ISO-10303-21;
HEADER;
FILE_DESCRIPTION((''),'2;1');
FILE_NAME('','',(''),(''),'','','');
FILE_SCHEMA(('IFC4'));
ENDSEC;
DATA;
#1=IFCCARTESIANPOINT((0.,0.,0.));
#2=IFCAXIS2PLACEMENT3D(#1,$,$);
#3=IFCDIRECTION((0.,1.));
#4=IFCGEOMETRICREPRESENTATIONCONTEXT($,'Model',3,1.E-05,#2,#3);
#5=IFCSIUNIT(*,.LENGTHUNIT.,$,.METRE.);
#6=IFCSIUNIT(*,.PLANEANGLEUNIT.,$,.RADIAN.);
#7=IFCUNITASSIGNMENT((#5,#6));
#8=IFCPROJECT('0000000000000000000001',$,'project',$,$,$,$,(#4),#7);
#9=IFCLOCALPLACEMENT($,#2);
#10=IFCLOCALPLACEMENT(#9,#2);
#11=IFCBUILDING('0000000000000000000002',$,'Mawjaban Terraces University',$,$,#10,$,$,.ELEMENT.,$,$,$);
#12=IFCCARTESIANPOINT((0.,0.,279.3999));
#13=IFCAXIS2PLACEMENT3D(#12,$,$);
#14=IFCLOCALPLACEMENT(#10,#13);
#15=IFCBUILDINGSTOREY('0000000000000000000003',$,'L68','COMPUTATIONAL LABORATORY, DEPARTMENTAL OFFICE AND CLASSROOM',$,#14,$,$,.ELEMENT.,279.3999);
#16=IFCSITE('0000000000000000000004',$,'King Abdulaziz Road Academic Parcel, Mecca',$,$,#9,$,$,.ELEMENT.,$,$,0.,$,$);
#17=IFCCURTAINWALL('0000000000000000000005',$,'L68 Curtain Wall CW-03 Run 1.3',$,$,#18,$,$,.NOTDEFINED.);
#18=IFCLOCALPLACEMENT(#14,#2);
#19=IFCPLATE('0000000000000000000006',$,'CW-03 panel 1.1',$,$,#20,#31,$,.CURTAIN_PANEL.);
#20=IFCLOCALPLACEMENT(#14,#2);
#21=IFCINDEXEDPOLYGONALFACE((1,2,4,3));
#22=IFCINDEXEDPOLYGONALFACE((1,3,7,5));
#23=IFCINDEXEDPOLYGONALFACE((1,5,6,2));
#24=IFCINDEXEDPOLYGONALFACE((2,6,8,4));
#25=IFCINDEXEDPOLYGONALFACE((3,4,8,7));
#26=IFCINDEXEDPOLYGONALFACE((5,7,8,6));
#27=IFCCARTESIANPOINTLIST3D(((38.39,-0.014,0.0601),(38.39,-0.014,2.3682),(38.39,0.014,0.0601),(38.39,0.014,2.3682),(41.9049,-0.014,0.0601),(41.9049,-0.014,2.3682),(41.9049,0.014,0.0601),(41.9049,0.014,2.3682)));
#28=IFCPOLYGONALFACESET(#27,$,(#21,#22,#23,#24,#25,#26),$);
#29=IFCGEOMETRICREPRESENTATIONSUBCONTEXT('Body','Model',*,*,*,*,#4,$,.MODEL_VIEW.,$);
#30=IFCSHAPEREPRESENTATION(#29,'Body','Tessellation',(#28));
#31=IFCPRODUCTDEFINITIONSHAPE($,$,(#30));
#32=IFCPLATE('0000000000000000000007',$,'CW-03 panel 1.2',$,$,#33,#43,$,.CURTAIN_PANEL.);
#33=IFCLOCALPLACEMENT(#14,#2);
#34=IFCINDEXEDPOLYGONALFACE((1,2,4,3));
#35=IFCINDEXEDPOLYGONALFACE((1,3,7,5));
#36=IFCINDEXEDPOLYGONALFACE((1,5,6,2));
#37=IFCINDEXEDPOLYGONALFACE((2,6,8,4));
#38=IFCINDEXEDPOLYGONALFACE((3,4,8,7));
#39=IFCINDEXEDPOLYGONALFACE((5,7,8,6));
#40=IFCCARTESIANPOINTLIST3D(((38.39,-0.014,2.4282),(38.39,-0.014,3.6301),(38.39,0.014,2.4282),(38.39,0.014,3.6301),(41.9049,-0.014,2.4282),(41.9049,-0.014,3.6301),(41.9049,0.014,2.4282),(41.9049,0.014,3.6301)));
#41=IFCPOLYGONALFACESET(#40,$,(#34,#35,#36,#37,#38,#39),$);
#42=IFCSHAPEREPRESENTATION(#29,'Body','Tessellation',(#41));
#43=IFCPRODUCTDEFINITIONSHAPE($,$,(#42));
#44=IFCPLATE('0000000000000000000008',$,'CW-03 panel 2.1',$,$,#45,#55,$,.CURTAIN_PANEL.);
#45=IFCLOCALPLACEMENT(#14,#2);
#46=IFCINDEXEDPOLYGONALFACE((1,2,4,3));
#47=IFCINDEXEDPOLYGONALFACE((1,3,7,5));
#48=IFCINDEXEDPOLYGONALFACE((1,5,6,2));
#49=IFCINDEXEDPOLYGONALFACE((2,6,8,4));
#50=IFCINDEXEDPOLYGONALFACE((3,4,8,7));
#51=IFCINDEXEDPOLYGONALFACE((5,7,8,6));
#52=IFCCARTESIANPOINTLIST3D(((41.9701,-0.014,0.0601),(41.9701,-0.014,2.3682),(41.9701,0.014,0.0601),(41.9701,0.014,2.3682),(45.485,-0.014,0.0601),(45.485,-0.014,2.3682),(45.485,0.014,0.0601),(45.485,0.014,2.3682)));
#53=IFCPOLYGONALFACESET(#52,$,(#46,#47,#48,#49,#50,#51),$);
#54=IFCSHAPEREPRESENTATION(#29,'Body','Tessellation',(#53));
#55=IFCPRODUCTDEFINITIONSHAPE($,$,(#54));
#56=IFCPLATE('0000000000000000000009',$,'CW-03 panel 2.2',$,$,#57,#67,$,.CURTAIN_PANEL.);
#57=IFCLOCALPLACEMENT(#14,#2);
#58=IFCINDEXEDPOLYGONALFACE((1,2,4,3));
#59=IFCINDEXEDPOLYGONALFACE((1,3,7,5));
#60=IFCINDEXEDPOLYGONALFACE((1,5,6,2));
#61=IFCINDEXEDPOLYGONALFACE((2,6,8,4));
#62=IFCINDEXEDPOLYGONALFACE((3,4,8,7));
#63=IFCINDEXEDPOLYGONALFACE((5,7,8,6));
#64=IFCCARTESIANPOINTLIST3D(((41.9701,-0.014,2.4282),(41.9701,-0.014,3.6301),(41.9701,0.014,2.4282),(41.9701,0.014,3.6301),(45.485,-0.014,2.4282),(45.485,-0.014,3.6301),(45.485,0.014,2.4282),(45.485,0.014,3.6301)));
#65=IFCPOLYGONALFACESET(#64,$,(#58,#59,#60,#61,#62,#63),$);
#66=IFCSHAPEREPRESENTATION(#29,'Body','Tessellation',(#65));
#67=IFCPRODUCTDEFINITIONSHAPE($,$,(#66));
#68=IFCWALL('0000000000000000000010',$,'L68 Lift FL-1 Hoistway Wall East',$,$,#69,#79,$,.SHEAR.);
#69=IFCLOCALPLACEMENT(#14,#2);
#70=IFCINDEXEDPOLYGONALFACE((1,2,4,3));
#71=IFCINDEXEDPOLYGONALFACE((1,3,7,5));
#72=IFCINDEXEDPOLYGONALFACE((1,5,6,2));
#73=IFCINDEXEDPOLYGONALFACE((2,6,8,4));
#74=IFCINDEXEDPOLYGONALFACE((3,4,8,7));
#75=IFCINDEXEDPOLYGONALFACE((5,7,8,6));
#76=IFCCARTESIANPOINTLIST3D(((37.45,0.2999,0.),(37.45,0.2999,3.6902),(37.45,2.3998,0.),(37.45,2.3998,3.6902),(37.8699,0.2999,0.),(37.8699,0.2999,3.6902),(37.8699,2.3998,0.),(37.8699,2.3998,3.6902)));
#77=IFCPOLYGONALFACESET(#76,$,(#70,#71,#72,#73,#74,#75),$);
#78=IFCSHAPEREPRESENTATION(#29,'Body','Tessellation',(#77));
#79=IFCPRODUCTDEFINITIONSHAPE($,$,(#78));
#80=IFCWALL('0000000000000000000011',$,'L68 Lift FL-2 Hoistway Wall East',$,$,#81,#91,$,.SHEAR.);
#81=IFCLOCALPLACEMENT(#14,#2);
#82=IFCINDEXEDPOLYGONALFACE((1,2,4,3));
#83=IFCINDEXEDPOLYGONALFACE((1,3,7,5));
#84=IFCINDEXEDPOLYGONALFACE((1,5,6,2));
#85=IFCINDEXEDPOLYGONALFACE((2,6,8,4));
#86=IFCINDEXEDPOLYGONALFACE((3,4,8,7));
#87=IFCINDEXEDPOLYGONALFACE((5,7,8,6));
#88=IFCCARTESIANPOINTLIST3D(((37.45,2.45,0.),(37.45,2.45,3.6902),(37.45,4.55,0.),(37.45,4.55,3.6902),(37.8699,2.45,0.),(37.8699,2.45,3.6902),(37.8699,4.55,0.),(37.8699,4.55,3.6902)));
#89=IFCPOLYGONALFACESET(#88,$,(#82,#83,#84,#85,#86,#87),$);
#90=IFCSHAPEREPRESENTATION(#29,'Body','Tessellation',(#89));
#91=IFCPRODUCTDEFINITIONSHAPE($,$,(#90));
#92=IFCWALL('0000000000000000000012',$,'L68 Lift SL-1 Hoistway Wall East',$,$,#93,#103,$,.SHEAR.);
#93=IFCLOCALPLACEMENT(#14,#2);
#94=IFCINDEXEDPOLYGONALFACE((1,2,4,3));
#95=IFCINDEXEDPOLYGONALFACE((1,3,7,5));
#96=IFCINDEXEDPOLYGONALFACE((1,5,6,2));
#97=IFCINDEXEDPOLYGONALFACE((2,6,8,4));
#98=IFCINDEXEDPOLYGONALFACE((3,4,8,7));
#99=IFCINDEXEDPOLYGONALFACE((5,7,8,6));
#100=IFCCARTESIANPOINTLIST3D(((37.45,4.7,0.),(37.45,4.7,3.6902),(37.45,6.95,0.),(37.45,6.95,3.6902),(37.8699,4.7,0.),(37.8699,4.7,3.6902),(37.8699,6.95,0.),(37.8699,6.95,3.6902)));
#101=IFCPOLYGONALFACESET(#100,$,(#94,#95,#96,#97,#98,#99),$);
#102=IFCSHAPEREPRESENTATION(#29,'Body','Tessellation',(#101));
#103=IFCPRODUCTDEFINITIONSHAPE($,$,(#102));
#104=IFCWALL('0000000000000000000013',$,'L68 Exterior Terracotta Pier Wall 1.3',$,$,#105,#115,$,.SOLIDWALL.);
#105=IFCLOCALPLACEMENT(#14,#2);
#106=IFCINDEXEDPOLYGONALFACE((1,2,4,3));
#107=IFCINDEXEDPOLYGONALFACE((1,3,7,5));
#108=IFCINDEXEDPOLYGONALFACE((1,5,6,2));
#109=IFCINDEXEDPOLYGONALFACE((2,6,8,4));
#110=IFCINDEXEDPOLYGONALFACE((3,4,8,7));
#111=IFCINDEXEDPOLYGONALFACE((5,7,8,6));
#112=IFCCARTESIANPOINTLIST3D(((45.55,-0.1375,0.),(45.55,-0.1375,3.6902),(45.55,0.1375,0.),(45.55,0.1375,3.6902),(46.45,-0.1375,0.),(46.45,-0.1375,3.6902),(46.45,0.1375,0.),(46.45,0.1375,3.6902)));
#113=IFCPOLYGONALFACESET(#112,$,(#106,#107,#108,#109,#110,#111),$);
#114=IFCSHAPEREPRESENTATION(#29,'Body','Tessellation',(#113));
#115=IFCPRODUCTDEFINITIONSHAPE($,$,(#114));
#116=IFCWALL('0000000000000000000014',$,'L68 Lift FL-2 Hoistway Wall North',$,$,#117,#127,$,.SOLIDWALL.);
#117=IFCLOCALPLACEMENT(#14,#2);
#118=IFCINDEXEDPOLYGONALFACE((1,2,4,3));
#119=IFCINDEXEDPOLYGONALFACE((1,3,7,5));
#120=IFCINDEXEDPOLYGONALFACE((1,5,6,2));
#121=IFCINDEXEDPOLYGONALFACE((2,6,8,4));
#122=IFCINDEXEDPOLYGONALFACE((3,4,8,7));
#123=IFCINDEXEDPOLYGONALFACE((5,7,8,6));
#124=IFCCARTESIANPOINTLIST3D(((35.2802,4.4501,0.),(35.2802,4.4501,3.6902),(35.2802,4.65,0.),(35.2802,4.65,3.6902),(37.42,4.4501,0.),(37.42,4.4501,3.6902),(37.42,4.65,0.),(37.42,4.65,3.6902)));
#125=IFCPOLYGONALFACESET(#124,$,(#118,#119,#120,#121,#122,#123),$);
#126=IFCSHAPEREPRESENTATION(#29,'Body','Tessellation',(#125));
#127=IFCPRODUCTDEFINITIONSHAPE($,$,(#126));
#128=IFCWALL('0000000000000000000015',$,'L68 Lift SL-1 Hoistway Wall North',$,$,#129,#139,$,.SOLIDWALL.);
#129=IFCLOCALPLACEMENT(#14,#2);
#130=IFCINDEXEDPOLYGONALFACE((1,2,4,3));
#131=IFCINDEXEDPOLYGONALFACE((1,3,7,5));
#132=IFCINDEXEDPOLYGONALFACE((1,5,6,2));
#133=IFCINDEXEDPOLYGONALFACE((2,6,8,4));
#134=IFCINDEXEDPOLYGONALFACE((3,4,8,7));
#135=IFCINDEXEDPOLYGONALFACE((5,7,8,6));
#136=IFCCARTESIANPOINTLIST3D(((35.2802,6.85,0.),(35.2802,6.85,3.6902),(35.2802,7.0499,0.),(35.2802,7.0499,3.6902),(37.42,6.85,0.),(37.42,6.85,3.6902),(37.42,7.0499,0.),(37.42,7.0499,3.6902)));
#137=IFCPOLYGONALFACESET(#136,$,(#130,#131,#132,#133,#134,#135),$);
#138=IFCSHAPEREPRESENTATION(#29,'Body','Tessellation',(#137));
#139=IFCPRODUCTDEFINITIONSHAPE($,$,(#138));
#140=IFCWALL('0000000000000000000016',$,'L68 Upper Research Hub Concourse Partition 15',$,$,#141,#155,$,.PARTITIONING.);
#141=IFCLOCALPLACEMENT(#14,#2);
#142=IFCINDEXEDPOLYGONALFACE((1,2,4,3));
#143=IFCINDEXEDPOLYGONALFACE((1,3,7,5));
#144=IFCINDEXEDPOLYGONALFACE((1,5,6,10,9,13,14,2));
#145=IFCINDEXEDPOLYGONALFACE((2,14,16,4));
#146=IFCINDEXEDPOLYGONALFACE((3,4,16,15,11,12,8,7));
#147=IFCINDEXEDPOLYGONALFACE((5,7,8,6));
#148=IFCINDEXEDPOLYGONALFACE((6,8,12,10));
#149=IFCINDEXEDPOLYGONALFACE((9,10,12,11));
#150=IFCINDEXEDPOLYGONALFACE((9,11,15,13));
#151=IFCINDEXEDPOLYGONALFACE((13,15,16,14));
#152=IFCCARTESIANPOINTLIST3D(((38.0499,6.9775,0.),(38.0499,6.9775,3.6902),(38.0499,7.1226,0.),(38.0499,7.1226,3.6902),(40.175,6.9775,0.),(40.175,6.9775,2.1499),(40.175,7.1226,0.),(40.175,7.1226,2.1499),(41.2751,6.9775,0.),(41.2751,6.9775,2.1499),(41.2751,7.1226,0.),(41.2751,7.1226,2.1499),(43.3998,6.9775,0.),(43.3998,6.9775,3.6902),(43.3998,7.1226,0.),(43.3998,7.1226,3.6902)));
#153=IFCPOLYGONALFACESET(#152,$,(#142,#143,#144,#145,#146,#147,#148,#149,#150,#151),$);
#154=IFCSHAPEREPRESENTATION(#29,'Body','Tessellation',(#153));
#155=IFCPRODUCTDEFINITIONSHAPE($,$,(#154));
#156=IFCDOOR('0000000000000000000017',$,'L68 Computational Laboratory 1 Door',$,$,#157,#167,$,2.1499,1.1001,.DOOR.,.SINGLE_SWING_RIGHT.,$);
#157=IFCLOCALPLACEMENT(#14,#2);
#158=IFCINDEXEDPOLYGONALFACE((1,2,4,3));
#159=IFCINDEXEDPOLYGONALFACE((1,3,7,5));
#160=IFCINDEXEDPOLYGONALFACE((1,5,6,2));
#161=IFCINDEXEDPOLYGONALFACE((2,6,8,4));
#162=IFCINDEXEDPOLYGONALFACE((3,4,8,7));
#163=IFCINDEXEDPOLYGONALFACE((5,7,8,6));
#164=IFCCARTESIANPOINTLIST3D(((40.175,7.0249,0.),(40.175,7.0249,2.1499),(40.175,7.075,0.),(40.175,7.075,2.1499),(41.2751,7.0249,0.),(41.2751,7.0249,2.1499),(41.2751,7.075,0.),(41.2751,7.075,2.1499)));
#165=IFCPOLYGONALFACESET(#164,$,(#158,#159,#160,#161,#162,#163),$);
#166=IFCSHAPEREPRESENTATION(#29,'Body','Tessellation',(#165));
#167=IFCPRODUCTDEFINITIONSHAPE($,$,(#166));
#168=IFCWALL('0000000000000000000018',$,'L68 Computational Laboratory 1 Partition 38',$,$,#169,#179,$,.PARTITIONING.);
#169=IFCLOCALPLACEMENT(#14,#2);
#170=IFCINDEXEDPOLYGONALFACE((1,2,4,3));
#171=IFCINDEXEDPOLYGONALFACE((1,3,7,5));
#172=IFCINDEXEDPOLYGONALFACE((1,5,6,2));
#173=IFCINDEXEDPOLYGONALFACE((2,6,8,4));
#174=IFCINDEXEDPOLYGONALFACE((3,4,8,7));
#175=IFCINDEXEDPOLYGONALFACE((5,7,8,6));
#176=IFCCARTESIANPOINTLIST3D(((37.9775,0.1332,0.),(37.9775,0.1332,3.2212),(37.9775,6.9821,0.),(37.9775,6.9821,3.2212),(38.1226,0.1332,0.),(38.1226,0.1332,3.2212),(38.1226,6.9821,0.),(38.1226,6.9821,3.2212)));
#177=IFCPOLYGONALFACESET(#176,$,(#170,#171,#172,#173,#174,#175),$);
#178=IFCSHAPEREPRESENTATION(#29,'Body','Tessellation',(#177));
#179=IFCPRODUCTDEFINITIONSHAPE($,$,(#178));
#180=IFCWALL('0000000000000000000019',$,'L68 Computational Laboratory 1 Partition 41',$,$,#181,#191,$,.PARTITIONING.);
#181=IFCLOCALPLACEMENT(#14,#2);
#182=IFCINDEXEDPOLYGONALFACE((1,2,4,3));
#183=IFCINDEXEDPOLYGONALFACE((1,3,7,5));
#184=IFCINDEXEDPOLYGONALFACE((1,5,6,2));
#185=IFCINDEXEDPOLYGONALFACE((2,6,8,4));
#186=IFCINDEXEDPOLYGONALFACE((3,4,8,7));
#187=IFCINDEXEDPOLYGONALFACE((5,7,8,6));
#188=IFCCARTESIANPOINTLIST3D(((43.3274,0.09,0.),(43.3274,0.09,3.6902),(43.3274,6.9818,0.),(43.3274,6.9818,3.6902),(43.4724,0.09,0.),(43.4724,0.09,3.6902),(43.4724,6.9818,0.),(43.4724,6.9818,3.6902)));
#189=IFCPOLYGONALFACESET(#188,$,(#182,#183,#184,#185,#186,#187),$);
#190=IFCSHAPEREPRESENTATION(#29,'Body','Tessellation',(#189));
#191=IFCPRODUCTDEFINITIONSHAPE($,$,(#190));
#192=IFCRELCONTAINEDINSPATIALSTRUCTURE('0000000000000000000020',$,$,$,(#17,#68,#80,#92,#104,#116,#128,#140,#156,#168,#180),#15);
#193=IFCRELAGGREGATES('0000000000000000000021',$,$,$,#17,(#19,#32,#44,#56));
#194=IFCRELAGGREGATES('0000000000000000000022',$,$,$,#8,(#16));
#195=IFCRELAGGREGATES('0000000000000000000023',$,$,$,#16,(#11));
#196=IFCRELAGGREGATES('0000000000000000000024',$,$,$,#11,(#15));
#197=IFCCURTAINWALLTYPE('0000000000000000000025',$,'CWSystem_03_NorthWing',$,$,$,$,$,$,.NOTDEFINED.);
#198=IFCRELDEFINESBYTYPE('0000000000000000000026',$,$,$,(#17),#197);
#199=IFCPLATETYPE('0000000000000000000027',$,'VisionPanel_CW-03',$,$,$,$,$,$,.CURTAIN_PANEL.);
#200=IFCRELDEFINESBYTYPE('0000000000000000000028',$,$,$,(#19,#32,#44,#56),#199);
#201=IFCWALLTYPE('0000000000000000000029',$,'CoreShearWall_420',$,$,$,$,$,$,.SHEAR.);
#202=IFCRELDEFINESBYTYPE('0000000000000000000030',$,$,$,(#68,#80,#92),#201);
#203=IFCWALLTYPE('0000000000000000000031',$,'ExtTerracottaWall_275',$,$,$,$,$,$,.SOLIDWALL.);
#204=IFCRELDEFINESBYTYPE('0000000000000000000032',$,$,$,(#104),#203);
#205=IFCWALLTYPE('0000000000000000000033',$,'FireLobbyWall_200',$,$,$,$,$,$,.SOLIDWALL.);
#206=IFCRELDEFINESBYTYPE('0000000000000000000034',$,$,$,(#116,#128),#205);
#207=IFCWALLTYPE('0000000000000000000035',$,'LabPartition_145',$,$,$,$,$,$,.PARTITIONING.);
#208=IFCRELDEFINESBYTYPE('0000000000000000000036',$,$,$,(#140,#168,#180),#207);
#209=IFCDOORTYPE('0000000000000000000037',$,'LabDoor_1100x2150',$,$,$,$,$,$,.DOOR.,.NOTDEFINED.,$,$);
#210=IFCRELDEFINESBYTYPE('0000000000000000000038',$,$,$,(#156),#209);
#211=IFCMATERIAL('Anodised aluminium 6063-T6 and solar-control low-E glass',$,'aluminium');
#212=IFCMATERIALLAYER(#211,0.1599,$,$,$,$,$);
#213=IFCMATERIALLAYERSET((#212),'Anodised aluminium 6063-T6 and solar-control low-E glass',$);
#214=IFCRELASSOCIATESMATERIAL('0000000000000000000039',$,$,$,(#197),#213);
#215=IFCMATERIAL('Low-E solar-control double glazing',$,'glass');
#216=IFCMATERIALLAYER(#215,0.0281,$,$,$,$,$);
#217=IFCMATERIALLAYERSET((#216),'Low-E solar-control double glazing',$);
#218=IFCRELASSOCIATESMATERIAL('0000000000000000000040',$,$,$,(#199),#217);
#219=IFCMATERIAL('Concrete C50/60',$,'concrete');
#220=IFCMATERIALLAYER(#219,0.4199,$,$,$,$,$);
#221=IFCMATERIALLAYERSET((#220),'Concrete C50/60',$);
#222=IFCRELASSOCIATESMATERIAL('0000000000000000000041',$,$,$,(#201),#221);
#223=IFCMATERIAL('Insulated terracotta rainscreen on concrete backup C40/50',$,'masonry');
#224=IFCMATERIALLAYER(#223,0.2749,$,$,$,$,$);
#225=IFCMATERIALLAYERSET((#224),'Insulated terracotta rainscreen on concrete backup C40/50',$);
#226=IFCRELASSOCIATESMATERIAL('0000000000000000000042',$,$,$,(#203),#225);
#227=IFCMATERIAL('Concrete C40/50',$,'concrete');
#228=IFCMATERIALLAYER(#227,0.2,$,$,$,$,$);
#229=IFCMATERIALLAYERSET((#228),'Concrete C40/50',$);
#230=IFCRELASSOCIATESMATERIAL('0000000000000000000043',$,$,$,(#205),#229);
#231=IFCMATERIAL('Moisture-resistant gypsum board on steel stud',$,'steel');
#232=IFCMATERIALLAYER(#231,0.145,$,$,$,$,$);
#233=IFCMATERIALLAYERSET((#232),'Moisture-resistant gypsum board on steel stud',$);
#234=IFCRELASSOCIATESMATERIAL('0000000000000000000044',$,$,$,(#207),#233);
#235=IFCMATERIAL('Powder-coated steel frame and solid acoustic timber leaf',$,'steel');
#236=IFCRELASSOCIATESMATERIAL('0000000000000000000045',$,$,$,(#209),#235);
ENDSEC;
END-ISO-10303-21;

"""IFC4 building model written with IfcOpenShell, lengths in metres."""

from ifc_helpers import new_model, si_unit, direction, frame, frame_2d, origin, origin_2d, place, context, subcontext, project, spatial, rectangle, extrude, material, layer, layer_set, type_object, element, fill, aggregate, save


model = new_model("IFC4")

# Units and contexts
model_context = context("Model", 3, precision=1e-05, world=origin(), true_north=direction((0.0, 1.0)))
body_context = subcontext(model_context, "Body", "Model", "MODEL_VIEW")
ifc_project = project(units=[si_unit("LENGTHUNIT", "METRE"), si_unit("PLANEANGLEUNIT", "RADIAN")], contexts=[model_context])

# Site, building, storey
site_placement = place(None, origin())
site = spatial("IfcSite", under=ifc_project, at=site_placement, Name="King Abdulaziz Road Academic Parcel, Mecca", CompositionType="ELEMENT", RefElevation=0.0)
building_placement = place(site_placement, origin())
building = spatial("IfcBuilding", under=site, at=building_placement, Name="Mawjaban Terraces University", CompositionType="ELEMENT")
storey_placement = place(building_placement, frame((0.0, 0.0, 279.3999)))
storey = spatial("IfcBuildingStorey", under=building, at=storey_placement, Name="L68", Description="COMPUTATIONAL LABORATORY, DEPARTMENTAL OFFICE AND CLASSROOM", CompositionType="ELEMENT", Elevation=279.3999)

# Shared definitions
ifc_material_1 = material(Name="Concrete C50/60", Category="concrete")

# Curtain wall, plates
ifc_material_2 = material(Name="Anodised aluminium 6063-T6 and solar-control low-E glass", Category="aluminium")
ifc_layer_1 = layer(ifc_material_2, 0.1599)
ifc_layer_set_1 = layer_set([ifc_layer_1], Name="Anodised aluminium 6063-T6 and solar-control low-E glass")
curtain_wall_type = type_object("IfcCurtainWallType", Name="CWSystem_03_NorthWing", PredefinedType="NOTDEFINED", material=ifc_layer_set_1)
curtain_wall_placement = place(storey_placement, origin())
curtain_wall = element("IfcCurtainWall", 1, at=curtain_wall_placement, inside=storey, type_object=curtain_wall_type, Name="L68 Curtain Wall CW-03 Run 1.3", PredefinedType="NOTDEFINED")
ifc_material_3 = material(Name="Low-E solar-control double glazing", Category="glass")
ifc_layer_2 = layer(ifc_material_3, 0.0281)
ifc_layer_set_2 = layer_set([ifc_layer_2], Name="Low-E solar-control double glazing")
plate_type = type_object("IfcPlateType", Name="VisionPanel_CW-03", PredefinedType="CURTAIN_PANEL", material=ifc_layer_set_2)
plate_1_placement = place(storey_placement, frame((40.1475, 0.0, 0.0601), z_axis=(0.0, 0.0, 1.0), x_axis=(1.0, 0.0, 0.0)))
plate_1 = element("IfcPlate", 2, at=plate_1_placement, type_object=plate_type, Name="CW-03 panel 1.1", PredefinedType="CURTAIN_PANEL", context=body_context, shape_type="SweptSolid", body=[
    extrude(rectangle(XDim=3.5149, YDim=0.0281, at=origin_2d()), origin(), (0.0, 0.0, 1.0), 2.3081),
])
plate_2_placement = place(storey_placement, frame((40.1475, 0.0, 2.4282), z_axis=(0.0, 0.0, 1.0), x_axis=(1.0, 0.0, 0.0)))
plate_2 = element("IfcPlate", 3, at=plate_2_placement, type_object=plate_type, Name="CW-03 panel 1.2", PredefinedType="CURTAIN_PANEL", context=body_context, shape_type="SweptSolid", body=[
    extrude(rectangle(XDim=3.5149, YDim=0.0281, at=origin_2d()), origin(), (0.0, 0.0, 1.0), 1.2019),
])
plate_3_placement = place(storey_placement, frame((43.7275, 0.0, 0.0601), z_axis=(0.0, 0.0, 1.0), x_axis=(1.0, 0.0, 0.0)))
plate_3 = element("IfcPlate", 4, at=plate_3_placement, type_object=plate_type, Name="CW-03 panel 2.1", PredefinedType="CURTAIN_PANEL", context=body_context, shape_type="SweptSolid", body=[
    extrude(rectangle(XDim=3.5149, YDim=0.0281, at=origin_2d()), origin(), (0.0, 0.0, 1.0), 2.3081),
])
plate_4_placement = place(storey_placement, frame((43.7275, 0.0, 2.4282), z_axis=(0.0, 0.0, 1.0), x_axis=(1.0, 0.0, 0.0)))
plate_4 = element("IfcPlate", 5, at=plate_4_placement, type_object=plate_type, Name="CW-03 panel 2.2", PredefinedType="CURTAIN_PANEL", context=body_context, shape_type="SweptSolid", body=[
    extrude(rectangle(XDim=3.5149, YDim=0.0281, at=origin_2d()), origin(), (0.0, 0.0, 1.0), 1.2019),
])
aggregate(curtain_wall, [plate_1, plate_2, plate_3, plate_4])

# Walls
ifc_layer_3 = layer(ifc_material_1, 0.4199)
ifc_layer_set_3 = layer_set([ifc_layer_3], Name="Concrete C50/60")
wall_type_1 = type_object("IfcWallType", Name="CoreShearWall_420", PredefinedType="SHEAR", material=ifc_layer_set_3)
wall_1_placement = place(storey_placement, frame((37.6599, 0.3, 0.0), z_axis=(0.0, 0.0, 1.0), x_axis=(0.0, 1.0, 0.0)))
element("IfcWall", 6, at=wall_1_placement, inside=storey, type_object=wall_type_1, Name="L68 Lift FL-1 Hoistway Wall East", PredefinedType="SHEAR", context=body_context, shape_type="SweptSolid", body=[
    extrude(rectangle(XDim=2.0999, YDim=0.4199, at=frame_2d((1.0498, 0.0))), origin(), (0.0, 0.0, 1.0), 3.6902),
])
wall_2_placement = place(storey_placement, frame((37.6599, 2.45, 0.0), z_axis=(0.0, 0.0, 1.0), x_axis=(0.0, 1.0, 0.0)))
element("IfcWall", 7, at=wall_2_placement, inside=storey, type_object=wall_type_1, Name="L68 Lift FL-2 Hoistway Wall East", PredefinedType="SHEAR", context=body_context, shape_type="SweptSolid", body=[
    extrude(rectangle(XDim=2.1001, YDim=0.4199, at=frame_2d((1.05, 0.0))), origin(), (0.0, 0.0, 1.0), 3.6902),
])
wall_3_placement = place(storey_placement, frame((37.6599, 4.7, 0.0), z_axis=(0.0, 0.0, 1.0), x_axis=(0.0, 1.0, 0.0)))
element("IfcWall", 8, at=wall_3_placement, inside=storey, type_object=wall_type_1, Name="L68 Lift SL-1 Hoistway Wall East", PredefinedType="SHEAR", context=body_context, shape_type="SweptSolid", body=[
    extrude(rectangle(XDim=2.25, YDim=0.4199, at=frame_2d((1.125, 0.0))), origin(), (0.0, 0.0, 1.0), 3.6902),
])
ifc_material_4 = material(Name="Insulated terracotta rainscreen on concrete backup C40/50", Category="masonry")
ifc_layer_4 = layer(ifc_material_4, 0.2749)
ifc_layer_set_4 = layer_set([ifc_layer_4], Name="Insulated terracotta rainscreen on concrete backup C40/50")
wall_type_2 = type_object("IfcWallType", Name="ExtTerracottaWall_275", PredefinedType="SOLIDWALL", material=ifc_layer_set_4)
wall_4_placement = place(storey_placement, frame((45.55, 0.0, 0.0), z_axis=(0.0, 0.0, 1.0), x_axis=(1.0, 0.0, 0.0)))
element("IfcWall", 9, at=wall_4_placement, inside=storey, type_object=wall_type_2, Name="L68 Exterior Terracotta Pier Wall 1.3", PredefinedType="SOLIDWALL", context=body_context, shape_type="SweptSolid", body=[
    extrude(rectangle(XDim=0.8999, YDim=0.2749, at=frame_2d((0.45, 0.0))), origin(), (0.0, 0.0, 1.0), 3.6902),
])
ifc_material_5 = material(Name="Concrete C40/50", Category="concrete")
ifc_layer_5 = layer(ifc_material_5, 0.2)
ifc_layer_set_5 = layer_set([ifc_layer_5], Name="Concrete C40/50")
wall_type_3 = type_object("IfcWallType", Name="FireLobbyWall_200", PredefinedType="SOLIDWALL", material=ifc_layer_set_5)
for number, where, z_axis, x_axis, name in (
    (10, (37.4199, 4.55, 0.0), (0.0, 0.0, 1.0), (-1.0, 0.0, 0.0), "L68 Lift FL-2 Hoistway Wall North"),
    (11, (37.4199, 6.95, 0.0), (0.0, 0.0, 1.0), (-1.0, 0.0, 0.0), "L68 Lift SL-1 Hoistway Wall North"),
):
    element("IfcWall", number, at=place(storey_placement, frame(where, z_axis=z_axis, x_axis=x_axis)), inside=storey, type_object=wall_type_3, Name=name, PredefinedType="SOLIDWALL", context=body_context, shape_type="SweptSolid", body=[
        extrude(rectangle(XDim=2.1399, YDim=0.2, at=frame_2d((1.0698, 0.0))), origin(), (0.0, 0.0, 1.0), 3.6902),
    ])

# Wall, opening, door
ifc_material_6 = material(Name="Moisture-resistant gypsum board on steel stud", Category="steel")
ifc_layer_6 = layer(ifc_material_6, 0.145)
ifc_layer_set_6 = layer_set([ifc_layer_6], Name="Moisture-resistant gypsum board on steel stud")
wall_type_4 = type_object("IfcWallType", Name="LabPartition_145", PredefinedType="PARTITIONING", material=ifc_layer_set_6)
wall_5_placement = place(storey_placement, frame((38.05, 7.05, 0.0), z_axis=(0.0, 0.0, 1.0), x_axis=(1.0, 0.0, 0.0)))
wall_5 = element("IfcWall", 12, at=wall_5_placement, inside=storey, type_object=wall_type_4, Name="L68 Upper Research Hub Concourse Partition 15", PredefinedType="PARTITIONING", context=body_context, shape_type="SweptSolid", body=[
    extrude(rectangle(XDim=5.3499, YDim=0.145, at=frame_2d((2.6748, 0.0))), origin(), (0.0, 0.0, 1.0), 3.6902),
])
opening_1_placement = place(wall_5_placement, frame((2.125, 0.0, 0.0)))
opening_1 = element("IfcOpeningElement", 13, at=opening_1_placement, cuts=wall_5, PredefinedType="OPENING", context=body_context, shape_type="SweptSolid", body=[
    extrude(rectangle(XDim=1.1001, YDim=2.1499, at=frame_2d((0.55, 1.075))), frame((0.0, 0.0825, 0.0), z_axis=(0.0, -1.0, 0.0), x_axis=(1.0, 0.0, 0.0)), (0.0, 0.0, 1.0), 0.165),
])
ifc_material_7 = material(Name="Powder-coated steel frame and solid acoustic timber leaf", Category="steel")
door_type = type_object("IfcDoorType", Name="LabDoor_1100x2150", OperationType="NOTDEFINED", PredefinedType="DOOR", material=ifc_material_7)
door_1_placement = place(opening_1_placement, origin())
door_1 = element("IfcDoor", 14, at=door_1_placement, inside=storey, type_object=door_type, Name="L68 Computational Laboratory 1 Door", OperationType="SINGLE_SWING_RIGHT", OverallHeight=2.1499, OverallWidth=1.1001, PredefinedType="DOOR", context=body_context, shape_type="SweptSolid", body=[
    extrude(rectangle(XDim=1.1001, YDim=2.1499, at=frame_2d((0.55, 1.075))), frame((0.0, 0.0249, 0.0), z_axis=(0.0, -1.0, 0.0), x_axis=(1.0, 0.0, 0.0)), (0.0, 0.0, 1.0), 0.05),
])
fill(opening_1, door_1)

# Walls
wall_6_placement = place(storey_placement, frame((38.05, 6.9819, 0.0), z_axis=(0.0, 0.0, 1.0), x_axis=(0.0, -1.0, 0.0)))
element("IfcWall", 15, at=wall_6_placement, inside=storey, type_object=wall_type_4, Name="L68 Computational Laboratory 1 Partition 38", PredefinedType="PARTITIONING", context=body_context, shape_type="SweptSolid", body=[
    extrude(rectangle(XDim=6.8489, YDim=0.145, at=frame_2d((3.4243, 0.0))), origin(), (0.0, 0.0, 1.0), 3.2212),
])
wall_7_placement = place(storey_placement, frame((43.3999, 0.0901, 0.0), z_axis=(0.0, 0.0, 1.0), x_axis=(0.0, 1.0, 0.0)))
element("IfcWall", 16, at=wall_7_placement, inside=storey, type_object=wall_type_4, Name="L68 Computational Laboratory 1 Partition 41", PredefinedType="PARTITIONING", context=body_context, shape_type="SweptSolid", body=[
    extrude(rectangle(XDim=6.8918, YDim=0.145, at=frame_2d((3.4458, 0.0))), origin(), (0.0, 0.0, 1.0), 3.6902),
])

save(model, "model.ifc")
